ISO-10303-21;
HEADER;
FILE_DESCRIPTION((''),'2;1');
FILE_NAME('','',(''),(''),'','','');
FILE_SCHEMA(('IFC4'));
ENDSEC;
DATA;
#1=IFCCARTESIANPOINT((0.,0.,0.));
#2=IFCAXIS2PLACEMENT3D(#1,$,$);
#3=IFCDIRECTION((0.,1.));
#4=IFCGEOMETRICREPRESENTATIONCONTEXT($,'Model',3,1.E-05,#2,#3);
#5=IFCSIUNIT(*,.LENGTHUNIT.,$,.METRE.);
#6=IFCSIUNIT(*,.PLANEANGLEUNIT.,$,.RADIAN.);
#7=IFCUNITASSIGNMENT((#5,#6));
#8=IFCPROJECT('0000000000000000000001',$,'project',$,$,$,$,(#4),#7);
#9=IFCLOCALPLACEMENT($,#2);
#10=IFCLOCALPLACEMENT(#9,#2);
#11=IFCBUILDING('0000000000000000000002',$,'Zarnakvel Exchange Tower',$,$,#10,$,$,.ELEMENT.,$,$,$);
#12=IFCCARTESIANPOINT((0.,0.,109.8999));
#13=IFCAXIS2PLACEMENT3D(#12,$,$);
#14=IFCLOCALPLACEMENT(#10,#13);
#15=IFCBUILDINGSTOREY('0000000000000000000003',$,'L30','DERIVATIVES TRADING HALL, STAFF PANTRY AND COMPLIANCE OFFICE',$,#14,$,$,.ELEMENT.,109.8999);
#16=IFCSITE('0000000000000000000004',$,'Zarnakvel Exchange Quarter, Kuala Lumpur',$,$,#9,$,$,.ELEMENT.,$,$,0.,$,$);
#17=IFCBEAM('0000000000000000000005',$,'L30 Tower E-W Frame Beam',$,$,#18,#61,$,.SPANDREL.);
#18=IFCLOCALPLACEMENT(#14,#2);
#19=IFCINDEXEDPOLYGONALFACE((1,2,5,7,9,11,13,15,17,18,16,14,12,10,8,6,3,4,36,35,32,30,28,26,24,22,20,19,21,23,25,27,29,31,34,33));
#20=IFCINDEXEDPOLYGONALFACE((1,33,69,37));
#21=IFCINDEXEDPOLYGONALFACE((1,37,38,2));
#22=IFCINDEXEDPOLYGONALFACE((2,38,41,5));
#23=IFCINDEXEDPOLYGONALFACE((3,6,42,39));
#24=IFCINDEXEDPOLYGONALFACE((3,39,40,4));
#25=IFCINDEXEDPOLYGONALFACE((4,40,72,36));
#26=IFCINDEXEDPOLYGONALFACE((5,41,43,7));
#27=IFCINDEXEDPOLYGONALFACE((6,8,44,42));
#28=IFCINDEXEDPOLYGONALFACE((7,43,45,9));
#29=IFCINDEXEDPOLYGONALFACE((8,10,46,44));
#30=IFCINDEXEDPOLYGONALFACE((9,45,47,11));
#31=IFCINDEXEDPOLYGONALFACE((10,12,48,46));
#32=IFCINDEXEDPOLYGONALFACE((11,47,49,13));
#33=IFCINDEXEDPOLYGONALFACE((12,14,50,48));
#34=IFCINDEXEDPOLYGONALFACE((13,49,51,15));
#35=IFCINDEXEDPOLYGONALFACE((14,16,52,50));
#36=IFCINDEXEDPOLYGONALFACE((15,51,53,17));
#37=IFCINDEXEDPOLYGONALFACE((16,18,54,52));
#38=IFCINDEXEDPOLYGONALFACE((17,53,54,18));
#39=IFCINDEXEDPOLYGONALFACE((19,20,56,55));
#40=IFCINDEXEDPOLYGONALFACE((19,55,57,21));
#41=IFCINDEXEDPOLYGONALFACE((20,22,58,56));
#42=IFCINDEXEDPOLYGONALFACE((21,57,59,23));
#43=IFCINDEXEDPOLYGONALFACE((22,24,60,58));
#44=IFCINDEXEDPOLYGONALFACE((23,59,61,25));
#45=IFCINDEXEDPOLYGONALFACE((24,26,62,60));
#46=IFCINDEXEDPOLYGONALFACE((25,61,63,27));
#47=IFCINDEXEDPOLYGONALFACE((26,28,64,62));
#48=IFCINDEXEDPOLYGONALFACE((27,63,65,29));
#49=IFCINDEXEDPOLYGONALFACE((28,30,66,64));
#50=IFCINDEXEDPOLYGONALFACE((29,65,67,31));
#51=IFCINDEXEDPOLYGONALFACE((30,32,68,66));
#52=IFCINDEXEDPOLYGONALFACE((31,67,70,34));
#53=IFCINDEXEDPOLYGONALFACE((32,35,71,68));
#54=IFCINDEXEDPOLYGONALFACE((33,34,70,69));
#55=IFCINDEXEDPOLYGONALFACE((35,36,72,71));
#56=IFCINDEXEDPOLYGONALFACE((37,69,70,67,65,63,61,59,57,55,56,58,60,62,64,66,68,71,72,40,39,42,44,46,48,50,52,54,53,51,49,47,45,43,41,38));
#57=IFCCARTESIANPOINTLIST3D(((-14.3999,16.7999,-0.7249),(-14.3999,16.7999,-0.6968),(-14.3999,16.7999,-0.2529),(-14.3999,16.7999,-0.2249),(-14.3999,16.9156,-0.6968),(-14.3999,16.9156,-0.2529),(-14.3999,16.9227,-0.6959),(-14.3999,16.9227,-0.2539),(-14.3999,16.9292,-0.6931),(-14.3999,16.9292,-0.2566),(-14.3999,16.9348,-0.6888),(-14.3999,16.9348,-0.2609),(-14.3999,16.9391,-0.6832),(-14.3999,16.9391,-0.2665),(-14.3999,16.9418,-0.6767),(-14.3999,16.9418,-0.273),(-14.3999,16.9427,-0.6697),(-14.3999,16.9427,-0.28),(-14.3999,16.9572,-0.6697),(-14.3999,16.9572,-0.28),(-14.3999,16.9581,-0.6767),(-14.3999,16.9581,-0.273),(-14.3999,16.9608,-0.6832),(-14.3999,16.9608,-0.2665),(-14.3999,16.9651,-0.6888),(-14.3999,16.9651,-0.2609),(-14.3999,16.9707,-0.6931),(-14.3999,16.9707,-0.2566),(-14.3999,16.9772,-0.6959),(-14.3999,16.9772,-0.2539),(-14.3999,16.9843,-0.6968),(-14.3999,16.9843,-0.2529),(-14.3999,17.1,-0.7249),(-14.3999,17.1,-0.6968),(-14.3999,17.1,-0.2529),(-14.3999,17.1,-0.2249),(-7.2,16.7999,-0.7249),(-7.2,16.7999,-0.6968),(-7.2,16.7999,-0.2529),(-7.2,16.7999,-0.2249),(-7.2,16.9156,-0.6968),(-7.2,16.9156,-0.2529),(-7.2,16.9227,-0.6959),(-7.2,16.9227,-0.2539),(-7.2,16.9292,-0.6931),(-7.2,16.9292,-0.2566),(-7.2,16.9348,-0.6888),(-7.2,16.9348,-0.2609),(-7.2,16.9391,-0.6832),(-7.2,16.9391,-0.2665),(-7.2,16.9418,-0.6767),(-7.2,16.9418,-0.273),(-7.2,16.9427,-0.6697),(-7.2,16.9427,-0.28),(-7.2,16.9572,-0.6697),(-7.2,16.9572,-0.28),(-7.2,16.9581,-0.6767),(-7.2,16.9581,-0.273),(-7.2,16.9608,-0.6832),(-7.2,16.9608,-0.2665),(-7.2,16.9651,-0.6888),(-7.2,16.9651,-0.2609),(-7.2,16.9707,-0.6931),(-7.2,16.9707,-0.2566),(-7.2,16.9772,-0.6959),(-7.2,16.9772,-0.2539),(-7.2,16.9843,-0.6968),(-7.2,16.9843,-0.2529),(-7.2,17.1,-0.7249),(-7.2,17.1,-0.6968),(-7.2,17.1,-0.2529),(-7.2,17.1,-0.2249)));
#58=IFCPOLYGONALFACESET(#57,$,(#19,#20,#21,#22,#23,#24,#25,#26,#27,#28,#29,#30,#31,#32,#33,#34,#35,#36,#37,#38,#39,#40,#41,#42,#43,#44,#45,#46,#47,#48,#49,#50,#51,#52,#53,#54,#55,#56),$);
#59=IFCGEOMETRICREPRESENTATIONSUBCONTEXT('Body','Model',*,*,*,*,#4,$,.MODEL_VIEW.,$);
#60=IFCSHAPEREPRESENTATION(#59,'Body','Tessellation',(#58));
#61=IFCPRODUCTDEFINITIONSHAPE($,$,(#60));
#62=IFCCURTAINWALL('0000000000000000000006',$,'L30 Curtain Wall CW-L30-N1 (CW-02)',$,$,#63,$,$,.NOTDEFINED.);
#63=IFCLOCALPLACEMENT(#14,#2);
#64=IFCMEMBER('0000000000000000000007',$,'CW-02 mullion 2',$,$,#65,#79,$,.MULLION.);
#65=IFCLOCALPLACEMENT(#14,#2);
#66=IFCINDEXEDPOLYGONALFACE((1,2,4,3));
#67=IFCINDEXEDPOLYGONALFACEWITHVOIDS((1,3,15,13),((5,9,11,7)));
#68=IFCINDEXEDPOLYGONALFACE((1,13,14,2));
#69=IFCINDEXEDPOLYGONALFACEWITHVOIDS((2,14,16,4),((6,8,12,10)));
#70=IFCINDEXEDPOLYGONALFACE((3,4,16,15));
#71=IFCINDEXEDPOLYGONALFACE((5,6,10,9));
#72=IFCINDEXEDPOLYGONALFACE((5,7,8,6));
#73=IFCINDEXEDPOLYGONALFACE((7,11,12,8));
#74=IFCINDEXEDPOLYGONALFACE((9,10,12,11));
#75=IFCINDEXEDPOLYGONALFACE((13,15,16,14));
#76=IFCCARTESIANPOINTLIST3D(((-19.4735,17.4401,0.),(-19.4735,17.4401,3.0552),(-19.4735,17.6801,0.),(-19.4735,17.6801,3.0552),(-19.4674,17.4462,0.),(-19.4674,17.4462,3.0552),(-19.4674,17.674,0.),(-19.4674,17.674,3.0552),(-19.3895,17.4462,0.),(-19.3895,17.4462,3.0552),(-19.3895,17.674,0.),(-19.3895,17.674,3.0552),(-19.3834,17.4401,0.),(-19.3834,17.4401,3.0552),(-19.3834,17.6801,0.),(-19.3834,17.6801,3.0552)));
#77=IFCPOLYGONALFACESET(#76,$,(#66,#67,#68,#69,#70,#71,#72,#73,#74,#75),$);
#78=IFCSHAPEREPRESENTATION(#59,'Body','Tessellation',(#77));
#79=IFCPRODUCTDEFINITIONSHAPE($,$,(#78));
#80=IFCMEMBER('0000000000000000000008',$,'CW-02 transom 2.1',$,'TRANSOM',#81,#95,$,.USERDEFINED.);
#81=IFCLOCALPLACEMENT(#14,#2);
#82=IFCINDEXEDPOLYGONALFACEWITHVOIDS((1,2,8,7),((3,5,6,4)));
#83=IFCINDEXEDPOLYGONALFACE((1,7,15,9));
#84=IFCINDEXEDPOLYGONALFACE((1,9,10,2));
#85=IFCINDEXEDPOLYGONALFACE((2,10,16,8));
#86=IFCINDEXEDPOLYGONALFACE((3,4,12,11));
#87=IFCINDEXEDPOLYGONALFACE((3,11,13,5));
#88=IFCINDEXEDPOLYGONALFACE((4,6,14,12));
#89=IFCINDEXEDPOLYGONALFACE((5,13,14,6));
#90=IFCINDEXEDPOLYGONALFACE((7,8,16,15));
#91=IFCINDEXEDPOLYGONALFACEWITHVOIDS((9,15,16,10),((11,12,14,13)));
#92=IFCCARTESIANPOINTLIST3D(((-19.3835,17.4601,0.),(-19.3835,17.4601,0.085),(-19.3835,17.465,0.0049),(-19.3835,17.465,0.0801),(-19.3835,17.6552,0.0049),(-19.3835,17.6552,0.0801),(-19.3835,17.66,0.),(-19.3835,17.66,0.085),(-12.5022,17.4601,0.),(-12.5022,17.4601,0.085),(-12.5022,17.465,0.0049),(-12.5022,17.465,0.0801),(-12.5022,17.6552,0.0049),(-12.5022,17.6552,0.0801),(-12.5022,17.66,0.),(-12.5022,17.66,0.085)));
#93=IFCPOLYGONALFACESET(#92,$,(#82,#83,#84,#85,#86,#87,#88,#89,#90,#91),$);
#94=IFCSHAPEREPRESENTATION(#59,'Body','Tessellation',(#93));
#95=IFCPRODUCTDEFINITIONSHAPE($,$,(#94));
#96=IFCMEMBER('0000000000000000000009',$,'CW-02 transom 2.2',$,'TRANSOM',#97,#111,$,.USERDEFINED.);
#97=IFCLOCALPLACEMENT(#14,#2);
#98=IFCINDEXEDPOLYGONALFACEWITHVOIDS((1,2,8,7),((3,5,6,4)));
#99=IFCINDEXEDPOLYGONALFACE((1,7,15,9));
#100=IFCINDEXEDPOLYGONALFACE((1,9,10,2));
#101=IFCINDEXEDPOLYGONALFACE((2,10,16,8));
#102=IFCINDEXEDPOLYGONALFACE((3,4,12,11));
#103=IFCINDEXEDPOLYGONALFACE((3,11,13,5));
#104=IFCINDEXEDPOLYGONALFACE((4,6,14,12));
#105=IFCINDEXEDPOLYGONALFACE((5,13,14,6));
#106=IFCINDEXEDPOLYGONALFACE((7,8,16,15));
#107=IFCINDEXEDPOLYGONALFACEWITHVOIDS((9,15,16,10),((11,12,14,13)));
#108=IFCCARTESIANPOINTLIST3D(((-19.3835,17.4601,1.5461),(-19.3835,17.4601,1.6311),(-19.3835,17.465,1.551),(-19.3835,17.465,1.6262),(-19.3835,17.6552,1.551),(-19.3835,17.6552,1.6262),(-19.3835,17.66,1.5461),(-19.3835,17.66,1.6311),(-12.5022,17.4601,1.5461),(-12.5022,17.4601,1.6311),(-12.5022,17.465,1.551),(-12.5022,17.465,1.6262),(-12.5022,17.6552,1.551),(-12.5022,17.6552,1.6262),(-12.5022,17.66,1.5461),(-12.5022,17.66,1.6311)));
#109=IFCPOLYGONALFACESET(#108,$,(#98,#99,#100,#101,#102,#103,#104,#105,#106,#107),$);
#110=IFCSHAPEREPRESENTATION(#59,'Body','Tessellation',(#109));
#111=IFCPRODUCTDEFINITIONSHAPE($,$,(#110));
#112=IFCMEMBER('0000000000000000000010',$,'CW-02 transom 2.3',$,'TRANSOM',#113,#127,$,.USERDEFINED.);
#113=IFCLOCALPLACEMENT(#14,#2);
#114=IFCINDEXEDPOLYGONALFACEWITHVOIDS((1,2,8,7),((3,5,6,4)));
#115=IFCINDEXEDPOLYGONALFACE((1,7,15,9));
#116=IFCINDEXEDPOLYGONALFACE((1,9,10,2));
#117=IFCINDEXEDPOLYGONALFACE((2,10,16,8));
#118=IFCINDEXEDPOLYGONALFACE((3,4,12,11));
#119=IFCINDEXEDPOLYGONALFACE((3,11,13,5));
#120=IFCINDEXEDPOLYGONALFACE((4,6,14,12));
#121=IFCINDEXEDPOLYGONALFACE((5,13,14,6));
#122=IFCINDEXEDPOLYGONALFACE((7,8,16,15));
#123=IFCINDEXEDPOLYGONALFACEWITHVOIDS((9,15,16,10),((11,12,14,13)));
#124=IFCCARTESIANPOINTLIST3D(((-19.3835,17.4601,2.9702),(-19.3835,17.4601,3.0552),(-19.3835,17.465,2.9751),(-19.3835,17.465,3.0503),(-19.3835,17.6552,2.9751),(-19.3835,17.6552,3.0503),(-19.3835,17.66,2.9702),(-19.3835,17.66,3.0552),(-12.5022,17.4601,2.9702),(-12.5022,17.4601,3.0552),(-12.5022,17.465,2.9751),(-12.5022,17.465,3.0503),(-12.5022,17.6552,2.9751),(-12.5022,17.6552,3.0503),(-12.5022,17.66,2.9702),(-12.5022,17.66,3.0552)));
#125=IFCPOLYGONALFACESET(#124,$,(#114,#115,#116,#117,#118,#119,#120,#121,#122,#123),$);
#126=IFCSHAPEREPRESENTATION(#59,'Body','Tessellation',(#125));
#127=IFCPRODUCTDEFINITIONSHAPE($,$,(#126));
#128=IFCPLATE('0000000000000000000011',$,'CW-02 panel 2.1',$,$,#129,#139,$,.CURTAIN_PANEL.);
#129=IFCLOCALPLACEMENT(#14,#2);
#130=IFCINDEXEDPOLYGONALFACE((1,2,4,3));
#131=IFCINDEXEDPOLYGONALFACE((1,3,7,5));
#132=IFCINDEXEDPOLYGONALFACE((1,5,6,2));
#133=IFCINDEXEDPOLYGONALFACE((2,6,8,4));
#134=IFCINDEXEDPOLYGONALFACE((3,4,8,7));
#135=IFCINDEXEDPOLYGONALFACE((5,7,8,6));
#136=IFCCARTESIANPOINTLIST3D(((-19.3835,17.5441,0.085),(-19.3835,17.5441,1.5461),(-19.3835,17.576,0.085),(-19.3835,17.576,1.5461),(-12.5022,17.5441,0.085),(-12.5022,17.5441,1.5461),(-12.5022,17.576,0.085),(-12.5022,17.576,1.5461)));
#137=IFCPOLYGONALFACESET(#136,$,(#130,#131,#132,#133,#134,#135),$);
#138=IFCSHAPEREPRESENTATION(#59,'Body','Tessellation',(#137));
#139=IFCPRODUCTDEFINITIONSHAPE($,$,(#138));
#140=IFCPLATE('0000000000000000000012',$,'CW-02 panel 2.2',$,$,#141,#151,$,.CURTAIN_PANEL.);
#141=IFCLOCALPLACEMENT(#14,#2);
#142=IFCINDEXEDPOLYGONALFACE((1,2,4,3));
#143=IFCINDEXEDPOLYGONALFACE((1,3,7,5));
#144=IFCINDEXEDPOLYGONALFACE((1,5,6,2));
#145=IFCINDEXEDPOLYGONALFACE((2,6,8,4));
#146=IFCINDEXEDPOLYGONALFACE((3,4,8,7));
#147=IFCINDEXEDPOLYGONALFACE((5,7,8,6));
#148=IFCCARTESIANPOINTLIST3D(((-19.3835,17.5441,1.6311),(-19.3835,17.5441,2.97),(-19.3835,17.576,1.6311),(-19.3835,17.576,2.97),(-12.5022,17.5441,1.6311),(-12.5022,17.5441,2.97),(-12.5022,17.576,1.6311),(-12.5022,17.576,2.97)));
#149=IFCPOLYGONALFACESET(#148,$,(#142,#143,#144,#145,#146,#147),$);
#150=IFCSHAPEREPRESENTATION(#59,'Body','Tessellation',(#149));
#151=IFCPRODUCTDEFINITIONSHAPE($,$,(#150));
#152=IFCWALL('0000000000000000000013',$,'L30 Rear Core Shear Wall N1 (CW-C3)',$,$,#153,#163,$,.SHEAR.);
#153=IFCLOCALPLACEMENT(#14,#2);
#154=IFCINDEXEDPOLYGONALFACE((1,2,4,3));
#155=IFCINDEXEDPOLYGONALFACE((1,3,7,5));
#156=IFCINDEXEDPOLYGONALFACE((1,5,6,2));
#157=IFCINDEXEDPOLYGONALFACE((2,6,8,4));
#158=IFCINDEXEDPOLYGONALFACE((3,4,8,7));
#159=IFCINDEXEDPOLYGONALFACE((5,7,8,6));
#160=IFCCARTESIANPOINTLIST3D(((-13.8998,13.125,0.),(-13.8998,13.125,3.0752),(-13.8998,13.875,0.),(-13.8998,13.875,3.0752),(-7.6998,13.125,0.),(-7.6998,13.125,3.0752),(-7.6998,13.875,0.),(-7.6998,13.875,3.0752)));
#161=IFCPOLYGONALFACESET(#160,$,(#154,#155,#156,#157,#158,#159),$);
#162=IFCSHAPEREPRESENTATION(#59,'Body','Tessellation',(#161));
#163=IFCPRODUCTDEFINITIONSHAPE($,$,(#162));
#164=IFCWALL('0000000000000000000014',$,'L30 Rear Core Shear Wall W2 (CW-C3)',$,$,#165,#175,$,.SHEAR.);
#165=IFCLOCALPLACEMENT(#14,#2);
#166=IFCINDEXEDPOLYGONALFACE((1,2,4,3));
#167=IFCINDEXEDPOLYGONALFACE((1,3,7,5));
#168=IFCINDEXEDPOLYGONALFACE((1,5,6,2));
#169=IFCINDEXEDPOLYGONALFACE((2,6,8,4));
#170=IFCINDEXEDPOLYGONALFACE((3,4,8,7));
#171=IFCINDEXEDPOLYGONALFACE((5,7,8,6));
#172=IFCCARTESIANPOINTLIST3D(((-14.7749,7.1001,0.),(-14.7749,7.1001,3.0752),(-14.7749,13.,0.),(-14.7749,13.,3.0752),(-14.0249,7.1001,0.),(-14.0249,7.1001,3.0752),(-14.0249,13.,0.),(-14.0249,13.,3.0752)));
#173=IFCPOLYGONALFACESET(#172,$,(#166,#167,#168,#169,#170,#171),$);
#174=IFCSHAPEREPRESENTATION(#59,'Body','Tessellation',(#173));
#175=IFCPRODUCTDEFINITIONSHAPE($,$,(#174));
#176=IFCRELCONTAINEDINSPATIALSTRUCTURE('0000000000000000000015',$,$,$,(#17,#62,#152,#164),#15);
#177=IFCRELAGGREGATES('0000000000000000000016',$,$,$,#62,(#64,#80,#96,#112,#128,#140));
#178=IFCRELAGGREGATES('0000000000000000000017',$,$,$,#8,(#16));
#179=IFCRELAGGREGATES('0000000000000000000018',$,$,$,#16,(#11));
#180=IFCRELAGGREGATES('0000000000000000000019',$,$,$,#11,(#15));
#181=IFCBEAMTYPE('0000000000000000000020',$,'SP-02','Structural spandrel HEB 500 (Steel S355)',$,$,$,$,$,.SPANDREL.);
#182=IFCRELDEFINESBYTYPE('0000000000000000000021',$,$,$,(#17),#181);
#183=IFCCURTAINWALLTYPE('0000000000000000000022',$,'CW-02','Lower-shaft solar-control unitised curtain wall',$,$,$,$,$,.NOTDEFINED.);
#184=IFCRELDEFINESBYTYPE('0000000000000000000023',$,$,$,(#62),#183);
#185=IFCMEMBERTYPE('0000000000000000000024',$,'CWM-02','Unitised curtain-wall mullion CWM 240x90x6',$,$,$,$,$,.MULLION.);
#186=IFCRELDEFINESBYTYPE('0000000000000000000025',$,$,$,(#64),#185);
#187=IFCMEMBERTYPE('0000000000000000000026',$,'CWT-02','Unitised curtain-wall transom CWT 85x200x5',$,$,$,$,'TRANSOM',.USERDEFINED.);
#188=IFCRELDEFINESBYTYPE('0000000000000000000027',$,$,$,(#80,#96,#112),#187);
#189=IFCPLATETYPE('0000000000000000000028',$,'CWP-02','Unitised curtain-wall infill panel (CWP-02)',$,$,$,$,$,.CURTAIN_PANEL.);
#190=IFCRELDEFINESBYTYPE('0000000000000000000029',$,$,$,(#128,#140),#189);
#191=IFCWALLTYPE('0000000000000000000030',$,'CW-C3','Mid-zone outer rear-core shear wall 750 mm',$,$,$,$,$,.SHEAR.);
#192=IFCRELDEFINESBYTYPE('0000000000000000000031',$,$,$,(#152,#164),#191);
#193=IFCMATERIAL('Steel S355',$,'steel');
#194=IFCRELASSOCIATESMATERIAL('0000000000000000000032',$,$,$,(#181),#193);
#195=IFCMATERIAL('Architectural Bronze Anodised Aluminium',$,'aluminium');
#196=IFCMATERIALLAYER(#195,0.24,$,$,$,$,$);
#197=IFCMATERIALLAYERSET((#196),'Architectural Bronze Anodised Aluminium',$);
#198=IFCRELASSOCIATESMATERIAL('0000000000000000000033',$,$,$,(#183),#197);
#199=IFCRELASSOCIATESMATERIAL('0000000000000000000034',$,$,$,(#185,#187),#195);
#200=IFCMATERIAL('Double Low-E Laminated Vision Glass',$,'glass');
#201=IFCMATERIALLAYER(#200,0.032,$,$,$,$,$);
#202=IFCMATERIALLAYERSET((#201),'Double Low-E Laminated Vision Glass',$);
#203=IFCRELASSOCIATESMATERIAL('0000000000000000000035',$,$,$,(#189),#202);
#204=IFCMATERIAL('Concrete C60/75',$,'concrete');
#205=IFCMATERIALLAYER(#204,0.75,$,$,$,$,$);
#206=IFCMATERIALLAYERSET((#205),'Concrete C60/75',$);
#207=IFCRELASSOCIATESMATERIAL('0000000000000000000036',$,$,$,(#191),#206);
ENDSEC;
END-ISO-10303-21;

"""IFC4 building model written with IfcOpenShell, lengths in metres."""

from ifc_helpers import new_model, si_unit, direction, frame, frame_2d, origin, origin_2d, place, context, subcontext, project, spatial, rectangle, hollow_rectangle, i_section, extrude, source, transform, mapped, material, layer, layer_set, material_profile, profile_set, type_object, element, aggregate, save


model = new_model("IFC4")

# Units and contexts
model_context = context("Model", 3, precision=1e-05, world=origin(), true_north=direction((0.0, 1.0)))
body_context = subcontext(model_context, "Body", "Model", "MODEL_VIEW")
ifc_project = project(units=[si_unit("LENGTHUNIT", "METRE"), si_unit("PLANEANGLEUNIT", "RADIAN")], contexts=[model_context])

# Site, building, storey
site_placement = place(None, origin())
site = spatial("IfcSite", under=ifc_project, at=site_placement, Name="Zarnakvel Exchange Quarter, Kuala Lumpur", CompositionType="ELEMENT", RefElevation=0.0)
building_placement = place(site_placement, origin())
building = spatial("IfcBuilding", under=site, at=building_placement, Name="Zarnakvel Exchange Tower", CompositionType="ELEMENT")
storey_placement = place(building_placement, frame((0.0, 0.0, 109.8999)))
storey = spatial("IfcBuildingStorey", under=building, at=storey_placement, Name="L30", Description="DERIVATIVES TRADING HALL, STAFF PANTRY AND COMPLIANCE OFFICE", CompositionType="ELEMENT", Elevation=109.8999)

# Shared definitions
ifc_material_1 = material(Name="Concrete C60/75", Category="concrete")

# Beam
ifc_material_2 = material(Name="Steel S355", Category="steel")
ifc_material_profile_1 = material_profile(ifc_material_2, i_section(OverallWidth=0.3, OverallDepth=0.5, WebThickness=0.0144, FlangeThickness=0.0281, FilletRadius=0.0271, at=origin_2d()))
ifc_profile_set_1 = profile_set([ifc_material_profile_1], Name="Steel S355")
beam_type_1 = type_object("IfcBeamType", Name="SP-02", Description="Structural spandrel HEB 500 (Steel S355)", PredefinedType="SPANDREL", material=ifc_profile_set_1)
beam_1_placement = place(storey_placement, frame((-14.3999, 16.95, -0.4749), z_axis=(1.0, 0.0, 0.0), x_axis=(0.0, 1.0, 0.0)))
element("IfcBeam", 1, at=beam_1_placement, inside=storey, type_object=beam_type_1, Name="L30 Tower E-W Frame Beam", PredefinedType="SPANDREL", context=body_context, shape_type="SweptSolid", body=[
    extrude(i_section(OverallWidth=0.3, OverallDepth=0.5, WebThickness=0.0144, FlangeThickness=0.0281, FilletRadius=0.0271, at=origin_2d()), origin(), (0.0, 0.0, 1.0), 7.2),
])

# Curtain wall, members, plates
ifc_material_3 = material(Name="Architectural Bronze Anodised Aluminium", Category="aluminium")
ifc_layer_1 = layer(ifc_material_3, 0.24)
ifc_layer_set_1 = layer_set([ifc_layer_1], Name="Architectural Bronze Anodised Aluminium")
curtain_wall_type = type_object("IfcCurtainWallType", Name="CW-02", Description="Lower-shaft solar-control unitised curtain wall", PredefinedType="NOTDEFINED", material=ifc_layer_set_1)
curtain_wall_placement = place(storey_placement, origin())
curtain_wall = element("IfcCurtainWall", 2, at=curtain_wall_placement, inside=storey, type_object=curtain_wall_type, Name="L30 Curtain Wall CW-L30-N1 (CW-02)", PredefinedType="NOTDEFINED")
ifc_material_profile_2 = material_profile(ifc_material_3, hollow_rectangle(XDim=0.24, YDim=0.0901, WallThickness=0.0061, at=origin_2d()))
ifc_profile_set_2 = profile_set([ifc_material_profile_2], Name="Architectural Bronze Anodised Aluminium")
member_type_1 = type_object("IfcMemberType", Name="CWM-02", Description="Unitised curtain-wall mullion CWM 240x90x6", PredefinedType="MULLION", material=ifc_profile_set_2)
shared_shape_1 = source(origin(), body_context, "Body", "SweptSolid", [
    extrude(hollow_rectangle(XDim=0.24, YDim=0.0901, WallThickness=0.0061, at=origin_2d()), origin(), (0.0, 0.0, 1.0), 3.0552),
])
member_1_placement = place(storey_placement, frame((-19.4285, 17.5601, 0.0), z_axis=(0.0, 0.0, 1.0), x_axis=(0.0, 1.0, 0.0)))
member_1 = element("IfcMember", 3, at=member_1_placement, type_object=member_type_1, Name="CW-02 mullion 2", PredefinedType="MULLION", context=body_context, shape_type="MappedRepresentation", body=[
    mapped(shared_shape_1, transform((0.0, 0.0, 0.0), x_axis=(1.0, 0.0, 0.0), y_axis=(0.0, 1.0, 0.0), z_axis=(0.0, 0.0, 1.0), scale=1.0)),
])
ifc_material_profile_3 = material_profile(ifc_material_3, hollow_rectangle(XDim=0.2, YDim=0.085, WallThickness=0.0049, at=origin_2d()))
ifc_profile_set_3 = profile_set([ifc_material_profile_3], Name="Architectural Bronze Anodised Aluminium")
member_type_2 = type_object("IfcMemberType", Name="CWT-02", Description="Unitised curtain-wall transom CWT 85x200x5", ElementType="TRANSOM", PredefinedType="USERDEFINED", material=ifc_profile_set_3)
shared_shape_2 = source(origin(), body_context, "Body", "SweptSolid", [
    extrude(hollow_rectangle(XDim=0.2, YDim=0.085, WallThickness=0.0049, at=origin_2d()), origin(), (0.0, 0.0, 1.0), 6.8813),
])
member_2_placement = place(storey_placement, frame((-19.3835, 17.5601, 0.0425), z_axis=(1.0, 0.0, 0.0), x_axis=(0.0, 1.0, 0.0)))
member_2 = element("IfcMember", 4, at=member_2_placement, type_object=member_type_2, Name="CW-02 transom 2.1", ObjectType="TRANSOM", PredefinedType="USERDEFINED", context=body_context, shape_type="MappedRepresentation", body=[
    mapped(shared_shape_2, transform((0.0, 0.0, 0.0), x_axis=(1.0, 0.0, 0.0), y_axis=(0.0, 1.0, 0.0), z_axis=(0.0, 0.0, 1.0), scale=1.0)),
])
member_3_placement = place(storey_placement, frame((-19.3835, 17.5601, 1.5886), z_axis=(1.0, 0.0, 0.0), x_axis=(0.0, 1.0, 0.0)))
member_3 = element("IfcMember", 5, at=member_3_placement, type_object=member_type_2, Name="CW-02 transom 2.2", ObjectType="TRANSOM", PredefinedType="USERDEFINED", context=body_context, shape_type="MappedRepresentation", body=[
    mapped(shared_shape_2, transform((0.0, 0.0, 0.0), x_axis=(1.0, 0.0, 0.0), y_axis=(0.0, 1.0, 0.0), z_axis=(0.0, 0.0, 1.0), scale=1.0)),
])
member_4_placement = place(storey_placement, frame((-19.3835, 17.5601, 3.0127), z_axis=(1.0, 0.0, 0.0), x_axis=(0.0, 1.0, 0.0)))
member_4 = element("IfcMember", 6, at=member_4_placement, type_object=member_type_2, Name="CW-02 transom 2.3", ObjectType="TRANSOM", PredefinedType="USERDEFINED", context=body_context, shape_type="MappedRepresentation", body=[
    mapped(shared_shape_2, transform((0.0, 0.0, 0.0), x_axis=(1.0, 0.0, 0.0), y_axis=(0.0, 1.0, 0.0), z_axis=(0.0, 0.0, 1.0), scale=1.0)),
])
ifc_material_4 = material(Name="Double Low-E Laminated Vision Glass", Category="glass")
ifc_layer_2 = layer(ifc_material_4, 0.032)
ifc_layer_set_2 = layer_set([ifc_layer_2], Name="Double Low-E Laminated Vision Glass")
plate_type = type_object("IfcPlateType", Name="CWP-02", Description="Unitised curtain-wall infill panel (CWP-02)", PredefinedType="CURTAIN_PANEL", material=ifc_layer_set_2)
shared_shape_3 = source(origin(), body_context, "Body", "SweptSolid", [
    extrude(rectangle(XDim=6.8813, YDim=0.032, at=origin_2d()), origin(), (0.0, 0.0, 1.0), 1.4612),
])
plate_1_placement = place(storey_placement, frame((-15.9429, 17.5601, 0.085), z_axis=(0.0, 0.0, 1.0), x_axis=(1.0, 0.0, 0.0)))
plate_1 = element("IfcPlate", 7, at=plate_1_placement, type_object=plate_type, Name="CW-02 panel 2.1", PredefinedType="CURTAIN_PANEL", context=body_context, shape_type="MappedRepresentation", body=[
    mapped(shared_shape_3, transform((0.0, 0.0, 0.0), x_axis=(1.0, 0.0, 0.0), y_axis=(0.0, 1.0, 0.0), z_axis=(0.0, 0.0, 1.0), scale=1.0)),
])
shared_shape_4 = source(origin(), body_context, "Body", "SweptSolid", [
    extrude(rectangle(XDim=6.8813, YDim=0.032, at=origin_2d()), origin(), (0.0, 0.0, 1.0), 1.3389),
])
plate_2_placement = place(storey_placement, frame((-15.9429, 17.5601, 1.6311), z_axis=(0.0, 0.0, 1.0), x_axis=(1.0, 0.0, 0.0)))
plate_2 = element("IfcPlate", 8, at=plate_2_placement, type_object=plate_type, Name="CW-02 panel 2.2", PredefinedType="CURTAIN_PANEL", context=body_context, shape_type="MappedRepresentation", body=[
    mapped(shared_shape_4, transform((0.0, 0.0, 0.0), x_axis=(1.0, 0.0, 0.0), y_axis=(0.0, 1.0, 0.0), z_axis=(0.0, 0.0, 1.0), scale=1.0)),
])
aggregate(curtain_wall, [member_1, member_2, member_3, member_4, plate_1, plate_2])

# Walls
ifc_layer_3 = layer(ifc_material_1, 0.75)
ifc_layer_set_3 = layer_set([ifc_layer_3], Name="Concrete C60/75")
wall_type_1 = type_object("IfcWallType", Name="CW-C3", Description="Mid-zone outer rear-core shear wall 750 mm", PredefinedType="SHEAR", material=ifc_layer_set_3)
wall_1_placement = place(storey_placement, frame((-13.8999, 13.5, 0.0), z_axis=(0.0, 0.0, 1.0), x_axis=(1.0, 0.0, 0.0)))
element("IfcWall", 9, at=wall_1_placement, inside=storey, type_object=wall_type_1, Name="L30 Rear Core Shear Wall N1 (CW-C3)", PredefinedType="SHEAR", context=body_context, shape_type="SweptSolid", body=[
    extrude(rectangle(XDim=6.2, YDim=0.75, at=frame_2d((3.1001, 0.0))), origin(), (0.0, 0.0, 1.0), 3.0752),
])
wall_2_placement = place(storey_placement, frame((-14.3999, 7.1001, 0.0), z_axis=(0.0, 0.0, 1.0), x_axis=(0.0, 1.0, 0.0)))
element("IfcWall", 10, at=wall_2_placement, inside=storey, type_object=wall_type_1, Name="L30 Rear Core Shear Wall W2 (CW-C3)", PredefinedType="SHEAR", context=body_context, shape_type="SweptSolid", body=[
    extrude(rectangle(XDim=5.8999, YDim=0.75, at=frame_2d((2.95, 0.0))), origin(), (0.0, 0.0, 1.0), 3.0752),
])

save(model, "model.ifc")
